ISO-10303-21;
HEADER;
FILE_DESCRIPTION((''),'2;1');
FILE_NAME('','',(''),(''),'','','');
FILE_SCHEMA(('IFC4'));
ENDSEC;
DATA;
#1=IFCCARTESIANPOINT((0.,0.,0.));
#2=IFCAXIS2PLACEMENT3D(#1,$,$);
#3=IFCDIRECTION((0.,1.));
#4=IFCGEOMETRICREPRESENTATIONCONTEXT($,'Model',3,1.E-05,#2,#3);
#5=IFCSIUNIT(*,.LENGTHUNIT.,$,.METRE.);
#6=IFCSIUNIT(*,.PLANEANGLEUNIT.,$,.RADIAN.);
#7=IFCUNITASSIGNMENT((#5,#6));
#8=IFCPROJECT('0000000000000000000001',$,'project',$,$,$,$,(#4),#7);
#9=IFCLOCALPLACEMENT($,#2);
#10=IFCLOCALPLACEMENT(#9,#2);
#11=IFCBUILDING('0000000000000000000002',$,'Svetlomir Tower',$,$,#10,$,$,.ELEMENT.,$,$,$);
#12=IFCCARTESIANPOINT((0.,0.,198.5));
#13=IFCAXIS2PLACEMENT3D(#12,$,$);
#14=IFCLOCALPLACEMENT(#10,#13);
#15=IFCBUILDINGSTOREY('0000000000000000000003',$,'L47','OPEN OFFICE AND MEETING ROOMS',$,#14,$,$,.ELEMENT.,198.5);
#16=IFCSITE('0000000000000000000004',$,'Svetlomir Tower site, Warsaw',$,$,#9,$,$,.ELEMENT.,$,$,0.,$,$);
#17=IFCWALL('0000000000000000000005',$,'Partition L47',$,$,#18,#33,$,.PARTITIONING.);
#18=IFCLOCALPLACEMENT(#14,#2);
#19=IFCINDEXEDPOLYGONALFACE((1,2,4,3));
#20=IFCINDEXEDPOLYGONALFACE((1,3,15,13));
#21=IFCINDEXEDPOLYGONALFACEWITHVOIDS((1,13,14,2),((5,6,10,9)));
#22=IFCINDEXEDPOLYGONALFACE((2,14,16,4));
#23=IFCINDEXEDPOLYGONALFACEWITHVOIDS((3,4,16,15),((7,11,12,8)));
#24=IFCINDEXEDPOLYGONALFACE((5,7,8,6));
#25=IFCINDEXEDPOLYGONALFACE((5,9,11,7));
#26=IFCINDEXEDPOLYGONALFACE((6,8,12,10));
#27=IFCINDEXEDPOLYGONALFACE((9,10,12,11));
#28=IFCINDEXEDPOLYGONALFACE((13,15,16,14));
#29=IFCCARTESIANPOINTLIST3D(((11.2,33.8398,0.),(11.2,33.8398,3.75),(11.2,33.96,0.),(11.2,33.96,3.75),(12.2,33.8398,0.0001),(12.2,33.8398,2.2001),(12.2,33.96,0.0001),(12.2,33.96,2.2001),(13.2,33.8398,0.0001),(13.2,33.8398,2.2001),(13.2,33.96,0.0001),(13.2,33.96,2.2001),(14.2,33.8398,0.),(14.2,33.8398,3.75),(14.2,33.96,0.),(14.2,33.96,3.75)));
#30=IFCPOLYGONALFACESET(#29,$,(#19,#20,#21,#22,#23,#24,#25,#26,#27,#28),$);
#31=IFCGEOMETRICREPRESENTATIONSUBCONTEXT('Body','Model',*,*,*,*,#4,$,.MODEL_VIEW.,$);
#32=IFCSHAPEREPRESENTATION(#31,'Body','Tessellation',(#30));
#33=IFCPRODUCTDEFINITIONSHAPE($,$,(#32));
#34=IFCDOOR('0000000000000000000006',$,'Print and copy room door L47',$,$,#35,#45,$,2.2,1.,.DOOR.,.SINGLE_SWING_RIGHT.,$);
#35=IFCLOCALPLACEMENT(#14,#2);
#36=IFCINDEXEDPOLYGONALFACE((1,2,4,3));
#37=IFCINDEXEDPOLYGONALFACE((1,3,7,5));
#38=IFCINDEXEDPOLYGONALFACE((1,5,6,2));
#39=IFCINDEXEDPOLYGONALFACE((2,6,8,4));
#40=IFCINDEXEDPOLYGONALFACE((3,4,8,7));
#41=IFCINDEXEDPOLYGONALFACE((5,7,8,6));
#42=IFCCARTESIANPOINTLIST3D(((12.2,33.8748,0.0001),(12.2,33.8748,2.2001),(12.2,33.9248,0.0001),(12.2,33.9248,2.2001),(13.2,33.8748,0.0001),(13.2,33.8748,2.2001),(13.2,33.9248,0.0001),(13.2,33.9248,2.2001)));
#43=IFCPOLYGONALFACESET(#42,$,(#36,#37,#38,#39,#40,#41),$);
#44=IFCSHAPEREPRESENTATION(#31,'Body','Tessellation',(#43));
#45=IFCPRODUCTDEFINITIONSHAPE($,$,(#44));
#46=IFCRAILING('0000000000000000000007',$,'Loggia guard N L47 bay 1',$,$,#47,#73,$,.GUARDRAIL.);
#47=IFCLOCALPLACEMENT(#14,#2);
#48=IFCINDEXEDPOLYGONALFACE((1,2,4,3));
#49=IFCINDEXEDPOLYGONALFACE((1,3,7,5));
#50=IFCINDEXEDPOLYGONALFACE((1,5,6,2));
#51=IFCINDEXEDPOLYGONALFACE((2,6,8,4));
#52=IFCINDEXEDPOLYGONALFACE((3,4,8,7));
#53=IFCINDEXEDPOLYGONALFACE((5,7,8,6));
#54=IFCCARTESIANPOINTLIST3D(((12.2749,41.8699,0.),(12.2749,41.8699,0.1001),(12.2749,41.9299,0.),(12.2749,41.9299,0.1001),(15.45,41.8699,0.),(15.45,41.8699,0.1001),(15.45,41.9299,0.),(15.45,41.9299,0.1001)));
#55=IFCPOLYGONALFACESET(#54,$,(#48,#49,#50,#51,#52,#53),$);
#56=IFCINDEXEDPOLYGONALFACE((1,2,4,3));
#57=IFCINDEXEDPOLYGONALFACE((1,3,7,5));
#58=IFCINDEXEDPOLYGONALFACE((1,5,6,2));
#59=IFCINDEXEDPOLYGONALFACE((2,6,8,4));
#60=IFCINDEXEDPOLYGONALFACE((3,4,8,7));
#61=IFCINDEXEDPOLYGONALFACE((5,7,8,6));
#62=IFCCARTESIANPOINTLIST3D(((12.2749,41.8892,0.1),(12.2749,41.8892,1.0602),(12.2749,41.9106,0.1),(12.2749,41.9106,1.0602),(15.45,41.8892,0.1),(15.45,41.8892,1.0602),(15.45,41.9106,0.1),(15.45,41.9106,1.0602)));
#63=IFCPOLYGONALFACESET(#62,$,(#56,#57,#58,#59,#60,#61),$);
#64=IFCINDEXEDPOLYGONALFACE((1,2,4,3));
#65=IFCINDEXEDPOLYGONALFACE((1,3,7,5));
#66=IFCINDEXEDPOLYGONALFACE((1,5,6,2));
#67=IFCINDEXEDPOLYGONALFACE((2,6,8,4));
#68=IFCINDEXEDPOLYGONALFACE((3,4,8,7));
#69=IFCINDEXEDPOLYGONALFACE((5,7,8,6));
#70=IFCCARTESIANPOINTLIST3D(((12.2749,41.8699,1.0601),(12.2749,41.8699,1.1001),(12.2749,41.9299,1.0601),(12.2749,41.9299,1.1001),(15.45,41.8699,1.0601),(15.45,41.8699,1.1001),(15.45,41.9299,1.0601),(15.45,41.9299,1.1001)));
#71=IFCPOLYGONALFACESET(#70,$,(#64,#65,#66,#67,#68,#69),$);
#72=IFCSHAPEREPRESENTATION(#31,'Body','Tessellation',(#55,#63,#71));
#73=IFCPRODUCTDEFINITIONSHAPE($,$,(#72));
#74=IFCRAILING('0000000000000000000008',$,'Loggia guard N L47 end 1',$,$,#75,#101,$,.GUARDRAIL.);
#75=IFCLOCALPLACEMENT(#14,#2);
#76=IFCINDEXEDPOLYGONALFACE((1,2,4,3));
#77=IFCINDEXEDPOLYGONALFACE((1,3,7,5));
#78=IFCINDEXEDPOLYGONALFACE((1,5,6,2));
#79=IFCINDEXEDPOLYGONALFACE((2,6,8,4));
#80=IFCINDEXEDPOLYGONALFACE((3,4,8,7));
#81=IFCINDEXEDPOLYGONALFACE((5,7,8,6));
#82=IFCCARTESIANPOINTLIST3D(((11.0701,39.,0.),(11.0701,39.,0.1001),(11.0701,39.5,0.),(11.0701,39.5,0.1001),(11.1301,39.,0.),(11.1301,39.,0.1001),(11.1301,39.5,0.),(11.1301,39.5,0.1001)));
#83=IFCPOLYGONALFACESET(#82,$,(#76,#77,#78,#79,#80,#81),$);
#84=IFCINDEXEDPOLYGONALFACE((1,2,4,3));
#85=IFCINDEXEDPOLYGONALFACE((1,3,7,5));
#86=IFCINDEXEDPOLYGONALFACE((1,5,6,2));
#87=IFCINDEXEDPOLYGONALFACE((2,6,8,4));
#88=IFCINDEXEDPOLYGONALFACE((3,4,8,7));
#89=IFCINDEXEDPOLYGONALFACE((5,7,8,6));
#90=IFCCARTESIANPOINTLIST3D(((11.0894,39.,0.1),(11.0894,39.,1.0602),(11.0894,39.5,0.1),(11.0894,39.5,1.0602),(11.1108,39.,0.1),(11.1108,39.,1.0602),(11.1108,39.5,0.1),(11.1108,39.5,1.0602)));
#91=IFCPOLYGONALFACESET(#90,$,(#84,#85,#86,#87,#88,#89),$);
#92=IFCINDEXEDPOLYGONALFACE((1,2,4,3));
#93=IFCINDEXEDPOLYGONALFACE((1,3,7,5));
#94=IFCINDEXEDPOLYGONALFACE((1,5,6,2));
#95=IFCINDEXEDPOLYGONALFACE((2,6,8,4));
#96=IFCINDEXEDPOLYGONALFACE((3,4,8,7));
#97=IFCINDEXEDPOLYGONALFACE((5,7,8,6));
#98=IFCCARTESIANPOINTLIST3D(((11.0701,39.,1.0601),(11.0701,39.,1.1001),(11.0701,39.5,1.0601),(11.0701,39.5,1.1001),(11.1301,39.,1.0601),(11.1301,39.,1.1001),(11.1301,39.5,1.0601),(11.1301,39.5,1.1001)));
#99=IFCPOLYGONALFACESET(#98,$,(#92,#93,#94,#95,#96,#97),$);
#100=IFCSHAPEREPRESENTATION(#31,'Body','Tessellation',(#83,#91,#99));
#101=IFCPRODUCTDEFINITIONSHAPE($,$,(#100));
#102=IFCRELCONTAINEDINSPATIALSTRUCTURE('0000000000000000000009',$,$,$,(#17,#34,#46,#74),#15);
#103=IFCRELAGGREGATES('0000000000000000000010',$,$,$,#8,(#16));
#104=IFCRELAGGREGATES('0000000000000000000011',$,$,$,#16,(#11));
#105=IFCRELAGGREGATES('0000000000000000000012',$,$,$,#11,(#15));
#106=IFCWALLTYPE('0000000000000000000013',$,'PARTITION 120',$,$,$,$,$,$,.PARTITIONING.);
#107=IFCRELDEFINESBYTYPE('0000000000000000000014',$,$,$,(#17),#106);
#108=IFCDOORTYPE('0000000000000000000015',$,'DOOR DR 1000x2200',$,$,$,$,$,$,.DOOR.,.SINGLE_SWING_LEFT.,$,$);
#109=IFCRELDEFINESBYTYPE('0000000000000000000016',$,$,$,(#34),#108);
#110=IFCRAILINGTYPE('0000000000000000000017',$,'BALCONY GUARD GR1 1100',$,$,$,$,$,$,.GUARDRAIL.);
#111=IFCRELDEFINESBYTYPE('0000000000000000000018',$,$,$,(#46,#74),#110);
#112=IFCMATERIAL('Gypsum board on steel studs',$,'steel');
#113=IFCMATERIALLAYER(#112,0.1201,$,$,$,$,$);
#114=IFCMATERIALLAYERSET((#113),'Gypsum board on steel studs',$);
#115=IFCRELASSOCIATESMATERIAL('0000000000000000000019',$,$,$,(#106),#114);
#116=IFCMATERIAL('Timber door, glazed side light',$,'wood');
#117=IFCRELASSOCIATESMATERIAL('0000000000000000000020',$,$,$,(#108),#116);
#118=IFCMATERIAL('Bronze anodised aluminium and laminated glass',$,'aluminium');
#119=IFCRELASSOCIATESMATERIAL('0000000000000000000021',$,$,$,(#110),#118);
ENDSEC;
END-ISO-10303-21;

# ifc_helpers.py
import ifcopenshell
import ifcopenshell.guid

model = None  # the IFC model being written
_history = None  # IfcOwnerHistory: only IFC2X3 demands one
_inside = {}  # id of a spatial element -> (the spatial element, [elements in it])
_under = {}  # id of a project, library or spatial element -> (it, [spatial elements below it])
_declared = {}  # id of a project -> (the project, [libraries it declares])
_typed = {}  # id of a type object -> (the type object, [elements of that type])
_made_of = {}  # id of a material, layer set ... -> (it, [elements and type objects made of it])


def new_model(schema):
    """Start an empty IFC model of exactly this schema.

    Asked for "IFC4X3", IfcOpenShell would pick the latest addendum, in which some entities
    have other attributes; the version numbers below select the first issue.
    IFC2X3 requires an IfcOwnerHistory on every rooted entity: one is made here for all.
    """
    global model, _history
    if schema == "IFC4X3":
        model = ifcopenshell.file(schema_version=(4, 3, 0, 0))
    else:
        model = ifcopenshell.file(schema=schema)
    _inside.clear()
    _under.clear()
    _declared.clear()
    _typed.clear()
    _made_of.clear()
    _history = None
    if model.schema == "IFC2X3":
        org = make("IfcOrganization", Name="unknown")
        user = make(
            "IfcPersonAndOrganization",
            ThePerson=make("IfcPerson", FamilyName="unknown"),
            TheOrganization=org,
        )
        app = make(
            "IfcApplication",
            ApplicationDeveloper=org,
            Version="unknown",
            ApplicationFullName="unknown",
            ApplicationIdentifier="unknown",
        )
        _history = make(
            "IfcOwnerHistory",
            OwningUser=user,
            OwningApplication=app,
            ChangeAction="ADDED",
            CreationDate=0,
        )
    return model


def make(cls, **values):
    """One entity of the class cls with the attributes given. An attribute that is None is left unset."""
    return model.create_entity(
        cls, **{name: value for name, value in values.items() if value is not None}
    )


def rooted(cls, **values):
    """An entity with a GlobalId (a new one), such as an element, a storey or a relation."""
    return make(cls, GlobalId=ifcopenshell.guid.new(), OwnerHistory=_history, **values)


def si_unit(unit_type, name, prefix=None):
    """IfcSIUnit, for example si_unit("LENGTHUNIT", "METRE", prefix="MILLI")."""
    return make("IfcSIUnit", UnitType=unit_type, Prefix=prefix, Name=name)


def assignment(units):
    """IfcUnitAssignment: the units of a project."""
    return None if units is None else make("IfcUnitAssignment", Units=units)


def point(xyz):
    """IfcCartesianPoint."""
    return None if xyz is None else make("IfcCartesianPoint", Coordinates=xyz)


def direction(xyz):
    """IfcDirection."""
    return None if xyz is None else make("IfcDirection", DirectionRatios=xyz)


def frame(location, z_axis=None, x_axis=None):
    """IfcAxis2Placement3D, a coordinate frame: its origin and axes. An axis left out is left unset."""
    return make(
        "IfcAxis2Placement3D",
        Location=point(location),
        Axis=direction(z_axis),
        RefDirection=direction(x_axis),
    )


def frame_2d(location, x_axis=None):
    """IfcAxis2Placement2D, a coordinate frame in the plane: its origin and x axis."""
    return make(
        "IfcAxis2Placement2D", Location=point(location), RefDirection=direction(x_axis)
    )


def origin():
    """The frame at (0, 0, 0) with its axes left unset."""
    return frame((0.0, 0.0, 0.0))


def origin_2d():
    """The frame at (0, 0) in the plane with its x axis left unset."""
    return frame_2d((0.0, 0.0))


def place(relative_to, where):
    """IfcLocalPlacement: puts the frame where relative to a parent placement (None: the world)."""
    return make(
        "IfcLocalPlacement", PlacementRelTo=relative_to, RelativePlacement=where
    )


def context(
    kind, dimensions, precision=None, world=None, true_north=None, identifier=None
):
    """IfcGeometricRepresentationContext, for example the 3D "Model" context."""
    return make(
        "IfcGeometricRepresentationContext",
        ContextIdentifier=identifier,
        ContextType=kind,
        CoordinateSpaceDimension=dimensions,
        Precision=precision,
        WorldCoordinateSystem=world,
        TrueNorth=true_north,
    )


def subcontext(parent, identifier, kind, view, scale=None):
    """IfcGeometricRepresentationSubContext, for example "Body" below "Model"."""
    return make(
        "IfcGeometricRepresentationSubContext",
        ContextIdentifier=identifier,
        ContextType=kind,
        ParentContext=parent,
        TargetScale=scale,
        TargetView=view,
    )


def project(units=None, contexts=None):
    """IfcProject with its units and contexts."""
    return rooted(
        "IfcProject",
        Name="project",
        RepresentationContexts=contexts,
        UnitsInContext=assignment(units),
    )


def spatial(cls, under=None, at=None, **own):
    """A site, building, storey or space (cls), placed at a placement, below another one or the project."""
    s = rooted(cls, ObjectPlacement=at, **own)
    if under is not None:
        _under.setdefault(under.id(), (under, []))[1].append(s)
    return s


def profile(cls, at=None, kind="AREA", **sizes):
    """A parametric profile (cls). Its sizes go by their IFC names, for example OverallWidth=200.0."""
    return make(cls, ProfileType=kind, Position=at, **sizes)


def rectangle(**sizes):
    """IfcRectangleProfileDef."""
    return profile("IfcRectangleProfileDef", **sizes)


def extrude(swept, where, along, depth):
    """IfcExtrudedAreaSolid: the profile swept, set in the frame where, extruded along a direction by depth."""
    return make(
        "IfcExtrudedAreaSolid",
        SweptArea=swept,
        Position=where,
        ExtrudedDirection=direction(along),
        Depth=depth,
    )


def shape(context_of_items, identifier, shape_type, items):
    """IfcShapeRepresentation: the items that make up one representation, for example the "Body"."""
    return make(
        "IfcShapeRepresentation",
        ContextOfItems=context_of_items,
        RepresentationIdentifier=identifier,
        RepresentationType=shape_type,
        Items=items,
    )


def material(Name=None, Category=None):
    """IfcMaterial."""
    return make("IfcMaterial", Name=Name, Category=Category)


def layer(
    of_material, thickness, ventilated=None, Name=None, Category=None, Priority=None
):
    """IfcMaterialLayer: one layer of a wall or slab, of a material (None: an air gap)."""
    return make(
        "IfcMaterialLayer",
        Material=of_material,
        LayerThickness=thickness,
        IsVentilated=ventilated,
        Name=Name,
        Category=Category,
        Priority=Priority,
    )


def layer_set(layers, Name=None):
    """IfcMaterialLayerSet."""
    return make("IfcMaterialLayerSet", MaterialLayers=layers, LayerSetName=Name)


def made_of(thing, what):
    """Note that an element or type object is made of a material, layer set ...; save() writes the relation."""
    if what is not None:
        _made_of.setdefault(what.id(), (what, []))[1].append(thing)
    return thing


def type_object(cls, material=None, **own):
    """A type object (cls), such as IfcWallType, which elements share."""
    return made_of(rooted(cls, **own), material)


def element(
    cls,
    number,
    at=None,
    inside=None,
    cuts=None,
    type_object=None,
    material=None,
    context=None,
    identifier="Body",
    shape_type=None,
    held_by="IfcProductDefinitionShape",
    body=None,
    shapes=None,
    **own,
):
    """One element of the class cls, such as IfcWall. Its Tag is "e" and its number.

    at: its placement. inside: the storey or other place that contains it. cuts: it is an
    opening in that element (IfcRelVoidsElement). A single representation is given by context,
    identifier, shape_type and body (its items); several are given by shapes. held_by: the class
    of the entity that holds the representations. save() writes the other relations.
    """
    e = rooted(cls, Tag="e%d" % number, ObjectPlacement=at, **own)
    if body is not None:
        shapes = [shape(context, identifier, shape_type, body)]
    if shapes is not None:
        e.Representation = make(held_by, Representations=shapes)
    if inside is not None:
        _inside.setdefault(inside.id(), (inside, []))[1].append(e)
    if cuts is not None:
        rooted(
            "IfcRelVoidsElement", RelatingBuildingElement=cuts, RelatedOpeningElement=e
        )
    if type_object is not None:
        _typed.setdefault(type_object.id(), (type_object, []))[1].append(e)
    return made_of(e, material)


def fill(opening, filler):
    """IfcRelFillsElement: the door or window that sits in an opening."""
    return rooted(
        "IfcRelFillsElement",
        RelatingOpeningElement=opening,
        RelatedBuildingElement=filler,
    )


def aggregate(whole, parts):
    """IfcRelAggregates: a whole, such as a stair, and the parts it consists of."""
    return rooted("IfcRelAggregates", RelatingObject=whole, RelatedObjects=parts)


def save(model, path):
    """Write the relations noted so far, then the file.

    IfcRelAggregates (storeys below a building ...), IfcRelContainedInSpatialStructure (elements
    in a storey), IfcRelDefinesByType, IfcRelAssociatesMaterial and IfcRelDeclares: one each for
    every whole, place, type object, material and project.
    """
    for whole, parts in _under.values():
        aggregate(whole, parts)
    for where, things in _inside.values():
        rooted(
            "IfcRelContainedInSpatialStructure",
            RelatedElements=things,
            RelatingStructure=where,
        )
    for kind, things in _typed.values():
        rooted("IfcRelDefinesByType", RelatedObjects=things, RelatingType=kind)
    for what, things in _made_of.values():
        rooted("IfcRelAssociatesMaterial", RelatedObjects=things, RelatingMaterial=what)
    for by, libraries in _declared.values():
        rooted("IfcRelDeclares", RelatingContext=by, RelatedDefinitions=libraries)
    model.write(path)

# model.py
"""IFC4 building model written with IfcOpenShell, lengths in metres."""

from ifc_helpers import new_model, si_unit, direction, frame, frame_2d, origin, origin_2d, place, context, subcontext, project, spatial, rectangle, extrude, material, layer, layer_set, type_object, element, fill, save


model = new_model("IFC4")

# Units and contexts
model_context = context("Model", 3, precision=1e-05, world=origin(), true_north=direction((0.0, 1.0)))
body_context = subcontext(model_context, "Body", "Model", "MODEL_VIEW")
ifc_project = project(units=[si_unit("LENGTHUNIT", "METRE"), si_unit("PLANEANGLEUNIT", "RADIAN")], contexts=[model_context])

# Site, building, storey
site_placement = place(None, origin())
site = spatial("IfcSite", under=ifc_project, at=site_placement, Name="Svetlomir Tower site, Warsaw", CompositionType="ELEMENT", RefElevation=0.0)
building_placement = place(site_placement, origin())
building = spatial("IfcBuilding", under=site, at=building_placement, Name="Svetlomir Tower", CompositionType="ELEMENT")
storey_placement = place(building_placement, frame((0.0, 0.0, 198.5)))
storey = spatial("IfcBuildingStorey", under=building, at=storey_placement, Name="L47", Description="OPEN OFFICE AND MEETING ROOMS", CompositionType="ELEMENT", Elevation=198.5)

# Wall, opening, door
ifc_material_1 = material(Name="Gypsum board on steel studs", Category="steel")
ifc_layer_1 = layer(ifc_material_1, 0.1201)
ifc_layer_set_1 = layer_set([ifc_layer_1], Name="Gypsum board on steel studs")
wall_type = type_object("IfcWallType", Name="PARTITION 120", PredefinedType="PARTITIONING", material=ifc_layer_set_1)
wall_placement = place(storey_placement, frame((11.2, 33.8999, 0.0), z_axis=(0.0, 0.0, 1.0), x_axis=(1.0, 0.0, 0.0)))
wall = element("IfcWall", 1, at=wall_placement, inside=storey, type_object=wall_type, Name="Partition L47", PredefinedType="PARTITIONING", context=body_context, shape_type="SweptSolid", body=[
    extrude(rectangle(XDim=3.0, YDim=0.1201, at=frame_2d((1.5, 0.0))), origin(), (0.0, 0.0, 1.0), 3.75),
])
opening_placement = place(wall_placement, frame((1.0, 0.0, 0.0)))
opening = element("IfcOpeningElement", 2, at=opening_placement, cuts=wall, PredefinedType="OPENING", context=body_context, shape_type="SweptSolid", body=[
    extrude(rectangle(XDim=1.0, YDim=2.2, at=frame_2d((0.5, 1.1001))), frame((0.0, 0.0701, 0.0), z_axis=(0.0, -1.0, 0.0), x_axis=(1.0, 0.0, 0.0)), (0.0, 0.0, 1.0), 0.1401),
])
ifc_material_2 = material(Name="Timber door, glazed side light", Category="wood")
door_type = type_object("IfcDoorType", Name="DOOR DR 1000x2200", OperationType="SINGLE_SWING_LEFT", PredefinedType="DOOR", material=ifc_material_2)
door_placement = place(opening_placement, origin())
door = element("IfcDoor", 3, at=door_placement, inside=storey, type_object=door_type, Name="Print and copy room door L47", OperationType="SINGLE_SWING_RIGHT", OverallHeight=2.2, OverallWidth=1.0, PredefinedType="DOOR", context=body_context, shape_type="SweptSolid", body=[
    extrude(rectangle(XDim=1.0, YDim=2.2, at=frame_2d((0.5, 1.1001))), frame((0.0, 0.0249, 0.0), z_axis=(0.0, -1.0, 0.0), x_axis=(1.0, 0.0, 0.0)), (0.0, 0.0, 1.0), 0.05),
])
fill(opening, door)

# Railings
ifc_material_3 = material(Name="Bronze anodised aluminium and laminated glass", Category="aluminium")
railing_type = type_object("IfcRailingType", Name="BALCONY GUARD GR1 1100", PredefinedType="GUARDRAIL", material=ifc_material_3)
railing_1_placement = place(storey_placement, frame((12.2749, 41.8999, 0.0)))
element("IfcRailing", 4, at=railing_1_placement, inside=storey, type_object=railing_type, Name="Loggia guard N L47 bay 1", PredefinedType="GUARDRAIL", context=body_context, shape_type="SweptSolid", body=[
    extrude(rectangle(XDim=0.0601, YDim=0.1001, at=origin_2d()), frame((0.0, 0.0, 0.05), z_axis=(1.0, 0.0, 0.0), x_axis=(0.0, 1.0, 0.0)), (0.0, 0.0, 1.0), 3.175),
    extrude(rectangle(XDim=0.0215, YDim=0.9602, at=origin_2d()), frame((0.0, 0.0, 0.5801), z_axis=(1.0, 0.0, 0.0), x_axis=(0.0, 1.0, 0.0)), (0.0, 0.0, 1.0), 3.175),
    extrude(rectangle(XDim=0.0601, YDim=0.04, at=origin_2d()), frame((0.0, 0.0, 1.0801), z_axis=(1.0, 0.0, 0.0), x_axis=(0.0, 1.0, 0.0)), (0.0, 0.0, 1.0), 3.175),
])
railing_2_placement = place(storey_placement, frame((11.1001, 39.5, 0.0)))
element("IfcRailing", 5, at=railing_2_placement, inside=storey, type_object=railing_type, Name="Loggia guard N L47 end 1", PredefinedType="GUARDRAIL", context=body_context, shape_type="SweptSolid", body=[
    extrude(rectangle(XDim=0.0601, YDim=0.1001, at=origin_2d()), frame((0.0, 0.0, 0.05), z_axis=(0.0, -1.0, 0.0), x_axis=(1.0, 0.0, 0.0)), (0.0, 0.0, 1.0), 0.5),
    extrude(rectangle(XDim=0.0215, YDim=0.9602, at=origin_2d()), frame((0.0, 0.0, 0.5801), z_axis=(0.0, -1.0, 0.0), x_axis=(1.0, 0.0, 0.0)), (0.0, 0.0, 1.0), 0.5),
    extrude(rectangle(XDim=0.0601, YDim=0.04, at=origin_2d()), frame((0.0, 0.0, 1.0801), z_axis=(0.0, -1.0, 0.0), x_axis=(1.0, 0.0, 0.0)), (0.0, 0.0, 1.0), 0.5),
])

save(model, "model.ifc")
